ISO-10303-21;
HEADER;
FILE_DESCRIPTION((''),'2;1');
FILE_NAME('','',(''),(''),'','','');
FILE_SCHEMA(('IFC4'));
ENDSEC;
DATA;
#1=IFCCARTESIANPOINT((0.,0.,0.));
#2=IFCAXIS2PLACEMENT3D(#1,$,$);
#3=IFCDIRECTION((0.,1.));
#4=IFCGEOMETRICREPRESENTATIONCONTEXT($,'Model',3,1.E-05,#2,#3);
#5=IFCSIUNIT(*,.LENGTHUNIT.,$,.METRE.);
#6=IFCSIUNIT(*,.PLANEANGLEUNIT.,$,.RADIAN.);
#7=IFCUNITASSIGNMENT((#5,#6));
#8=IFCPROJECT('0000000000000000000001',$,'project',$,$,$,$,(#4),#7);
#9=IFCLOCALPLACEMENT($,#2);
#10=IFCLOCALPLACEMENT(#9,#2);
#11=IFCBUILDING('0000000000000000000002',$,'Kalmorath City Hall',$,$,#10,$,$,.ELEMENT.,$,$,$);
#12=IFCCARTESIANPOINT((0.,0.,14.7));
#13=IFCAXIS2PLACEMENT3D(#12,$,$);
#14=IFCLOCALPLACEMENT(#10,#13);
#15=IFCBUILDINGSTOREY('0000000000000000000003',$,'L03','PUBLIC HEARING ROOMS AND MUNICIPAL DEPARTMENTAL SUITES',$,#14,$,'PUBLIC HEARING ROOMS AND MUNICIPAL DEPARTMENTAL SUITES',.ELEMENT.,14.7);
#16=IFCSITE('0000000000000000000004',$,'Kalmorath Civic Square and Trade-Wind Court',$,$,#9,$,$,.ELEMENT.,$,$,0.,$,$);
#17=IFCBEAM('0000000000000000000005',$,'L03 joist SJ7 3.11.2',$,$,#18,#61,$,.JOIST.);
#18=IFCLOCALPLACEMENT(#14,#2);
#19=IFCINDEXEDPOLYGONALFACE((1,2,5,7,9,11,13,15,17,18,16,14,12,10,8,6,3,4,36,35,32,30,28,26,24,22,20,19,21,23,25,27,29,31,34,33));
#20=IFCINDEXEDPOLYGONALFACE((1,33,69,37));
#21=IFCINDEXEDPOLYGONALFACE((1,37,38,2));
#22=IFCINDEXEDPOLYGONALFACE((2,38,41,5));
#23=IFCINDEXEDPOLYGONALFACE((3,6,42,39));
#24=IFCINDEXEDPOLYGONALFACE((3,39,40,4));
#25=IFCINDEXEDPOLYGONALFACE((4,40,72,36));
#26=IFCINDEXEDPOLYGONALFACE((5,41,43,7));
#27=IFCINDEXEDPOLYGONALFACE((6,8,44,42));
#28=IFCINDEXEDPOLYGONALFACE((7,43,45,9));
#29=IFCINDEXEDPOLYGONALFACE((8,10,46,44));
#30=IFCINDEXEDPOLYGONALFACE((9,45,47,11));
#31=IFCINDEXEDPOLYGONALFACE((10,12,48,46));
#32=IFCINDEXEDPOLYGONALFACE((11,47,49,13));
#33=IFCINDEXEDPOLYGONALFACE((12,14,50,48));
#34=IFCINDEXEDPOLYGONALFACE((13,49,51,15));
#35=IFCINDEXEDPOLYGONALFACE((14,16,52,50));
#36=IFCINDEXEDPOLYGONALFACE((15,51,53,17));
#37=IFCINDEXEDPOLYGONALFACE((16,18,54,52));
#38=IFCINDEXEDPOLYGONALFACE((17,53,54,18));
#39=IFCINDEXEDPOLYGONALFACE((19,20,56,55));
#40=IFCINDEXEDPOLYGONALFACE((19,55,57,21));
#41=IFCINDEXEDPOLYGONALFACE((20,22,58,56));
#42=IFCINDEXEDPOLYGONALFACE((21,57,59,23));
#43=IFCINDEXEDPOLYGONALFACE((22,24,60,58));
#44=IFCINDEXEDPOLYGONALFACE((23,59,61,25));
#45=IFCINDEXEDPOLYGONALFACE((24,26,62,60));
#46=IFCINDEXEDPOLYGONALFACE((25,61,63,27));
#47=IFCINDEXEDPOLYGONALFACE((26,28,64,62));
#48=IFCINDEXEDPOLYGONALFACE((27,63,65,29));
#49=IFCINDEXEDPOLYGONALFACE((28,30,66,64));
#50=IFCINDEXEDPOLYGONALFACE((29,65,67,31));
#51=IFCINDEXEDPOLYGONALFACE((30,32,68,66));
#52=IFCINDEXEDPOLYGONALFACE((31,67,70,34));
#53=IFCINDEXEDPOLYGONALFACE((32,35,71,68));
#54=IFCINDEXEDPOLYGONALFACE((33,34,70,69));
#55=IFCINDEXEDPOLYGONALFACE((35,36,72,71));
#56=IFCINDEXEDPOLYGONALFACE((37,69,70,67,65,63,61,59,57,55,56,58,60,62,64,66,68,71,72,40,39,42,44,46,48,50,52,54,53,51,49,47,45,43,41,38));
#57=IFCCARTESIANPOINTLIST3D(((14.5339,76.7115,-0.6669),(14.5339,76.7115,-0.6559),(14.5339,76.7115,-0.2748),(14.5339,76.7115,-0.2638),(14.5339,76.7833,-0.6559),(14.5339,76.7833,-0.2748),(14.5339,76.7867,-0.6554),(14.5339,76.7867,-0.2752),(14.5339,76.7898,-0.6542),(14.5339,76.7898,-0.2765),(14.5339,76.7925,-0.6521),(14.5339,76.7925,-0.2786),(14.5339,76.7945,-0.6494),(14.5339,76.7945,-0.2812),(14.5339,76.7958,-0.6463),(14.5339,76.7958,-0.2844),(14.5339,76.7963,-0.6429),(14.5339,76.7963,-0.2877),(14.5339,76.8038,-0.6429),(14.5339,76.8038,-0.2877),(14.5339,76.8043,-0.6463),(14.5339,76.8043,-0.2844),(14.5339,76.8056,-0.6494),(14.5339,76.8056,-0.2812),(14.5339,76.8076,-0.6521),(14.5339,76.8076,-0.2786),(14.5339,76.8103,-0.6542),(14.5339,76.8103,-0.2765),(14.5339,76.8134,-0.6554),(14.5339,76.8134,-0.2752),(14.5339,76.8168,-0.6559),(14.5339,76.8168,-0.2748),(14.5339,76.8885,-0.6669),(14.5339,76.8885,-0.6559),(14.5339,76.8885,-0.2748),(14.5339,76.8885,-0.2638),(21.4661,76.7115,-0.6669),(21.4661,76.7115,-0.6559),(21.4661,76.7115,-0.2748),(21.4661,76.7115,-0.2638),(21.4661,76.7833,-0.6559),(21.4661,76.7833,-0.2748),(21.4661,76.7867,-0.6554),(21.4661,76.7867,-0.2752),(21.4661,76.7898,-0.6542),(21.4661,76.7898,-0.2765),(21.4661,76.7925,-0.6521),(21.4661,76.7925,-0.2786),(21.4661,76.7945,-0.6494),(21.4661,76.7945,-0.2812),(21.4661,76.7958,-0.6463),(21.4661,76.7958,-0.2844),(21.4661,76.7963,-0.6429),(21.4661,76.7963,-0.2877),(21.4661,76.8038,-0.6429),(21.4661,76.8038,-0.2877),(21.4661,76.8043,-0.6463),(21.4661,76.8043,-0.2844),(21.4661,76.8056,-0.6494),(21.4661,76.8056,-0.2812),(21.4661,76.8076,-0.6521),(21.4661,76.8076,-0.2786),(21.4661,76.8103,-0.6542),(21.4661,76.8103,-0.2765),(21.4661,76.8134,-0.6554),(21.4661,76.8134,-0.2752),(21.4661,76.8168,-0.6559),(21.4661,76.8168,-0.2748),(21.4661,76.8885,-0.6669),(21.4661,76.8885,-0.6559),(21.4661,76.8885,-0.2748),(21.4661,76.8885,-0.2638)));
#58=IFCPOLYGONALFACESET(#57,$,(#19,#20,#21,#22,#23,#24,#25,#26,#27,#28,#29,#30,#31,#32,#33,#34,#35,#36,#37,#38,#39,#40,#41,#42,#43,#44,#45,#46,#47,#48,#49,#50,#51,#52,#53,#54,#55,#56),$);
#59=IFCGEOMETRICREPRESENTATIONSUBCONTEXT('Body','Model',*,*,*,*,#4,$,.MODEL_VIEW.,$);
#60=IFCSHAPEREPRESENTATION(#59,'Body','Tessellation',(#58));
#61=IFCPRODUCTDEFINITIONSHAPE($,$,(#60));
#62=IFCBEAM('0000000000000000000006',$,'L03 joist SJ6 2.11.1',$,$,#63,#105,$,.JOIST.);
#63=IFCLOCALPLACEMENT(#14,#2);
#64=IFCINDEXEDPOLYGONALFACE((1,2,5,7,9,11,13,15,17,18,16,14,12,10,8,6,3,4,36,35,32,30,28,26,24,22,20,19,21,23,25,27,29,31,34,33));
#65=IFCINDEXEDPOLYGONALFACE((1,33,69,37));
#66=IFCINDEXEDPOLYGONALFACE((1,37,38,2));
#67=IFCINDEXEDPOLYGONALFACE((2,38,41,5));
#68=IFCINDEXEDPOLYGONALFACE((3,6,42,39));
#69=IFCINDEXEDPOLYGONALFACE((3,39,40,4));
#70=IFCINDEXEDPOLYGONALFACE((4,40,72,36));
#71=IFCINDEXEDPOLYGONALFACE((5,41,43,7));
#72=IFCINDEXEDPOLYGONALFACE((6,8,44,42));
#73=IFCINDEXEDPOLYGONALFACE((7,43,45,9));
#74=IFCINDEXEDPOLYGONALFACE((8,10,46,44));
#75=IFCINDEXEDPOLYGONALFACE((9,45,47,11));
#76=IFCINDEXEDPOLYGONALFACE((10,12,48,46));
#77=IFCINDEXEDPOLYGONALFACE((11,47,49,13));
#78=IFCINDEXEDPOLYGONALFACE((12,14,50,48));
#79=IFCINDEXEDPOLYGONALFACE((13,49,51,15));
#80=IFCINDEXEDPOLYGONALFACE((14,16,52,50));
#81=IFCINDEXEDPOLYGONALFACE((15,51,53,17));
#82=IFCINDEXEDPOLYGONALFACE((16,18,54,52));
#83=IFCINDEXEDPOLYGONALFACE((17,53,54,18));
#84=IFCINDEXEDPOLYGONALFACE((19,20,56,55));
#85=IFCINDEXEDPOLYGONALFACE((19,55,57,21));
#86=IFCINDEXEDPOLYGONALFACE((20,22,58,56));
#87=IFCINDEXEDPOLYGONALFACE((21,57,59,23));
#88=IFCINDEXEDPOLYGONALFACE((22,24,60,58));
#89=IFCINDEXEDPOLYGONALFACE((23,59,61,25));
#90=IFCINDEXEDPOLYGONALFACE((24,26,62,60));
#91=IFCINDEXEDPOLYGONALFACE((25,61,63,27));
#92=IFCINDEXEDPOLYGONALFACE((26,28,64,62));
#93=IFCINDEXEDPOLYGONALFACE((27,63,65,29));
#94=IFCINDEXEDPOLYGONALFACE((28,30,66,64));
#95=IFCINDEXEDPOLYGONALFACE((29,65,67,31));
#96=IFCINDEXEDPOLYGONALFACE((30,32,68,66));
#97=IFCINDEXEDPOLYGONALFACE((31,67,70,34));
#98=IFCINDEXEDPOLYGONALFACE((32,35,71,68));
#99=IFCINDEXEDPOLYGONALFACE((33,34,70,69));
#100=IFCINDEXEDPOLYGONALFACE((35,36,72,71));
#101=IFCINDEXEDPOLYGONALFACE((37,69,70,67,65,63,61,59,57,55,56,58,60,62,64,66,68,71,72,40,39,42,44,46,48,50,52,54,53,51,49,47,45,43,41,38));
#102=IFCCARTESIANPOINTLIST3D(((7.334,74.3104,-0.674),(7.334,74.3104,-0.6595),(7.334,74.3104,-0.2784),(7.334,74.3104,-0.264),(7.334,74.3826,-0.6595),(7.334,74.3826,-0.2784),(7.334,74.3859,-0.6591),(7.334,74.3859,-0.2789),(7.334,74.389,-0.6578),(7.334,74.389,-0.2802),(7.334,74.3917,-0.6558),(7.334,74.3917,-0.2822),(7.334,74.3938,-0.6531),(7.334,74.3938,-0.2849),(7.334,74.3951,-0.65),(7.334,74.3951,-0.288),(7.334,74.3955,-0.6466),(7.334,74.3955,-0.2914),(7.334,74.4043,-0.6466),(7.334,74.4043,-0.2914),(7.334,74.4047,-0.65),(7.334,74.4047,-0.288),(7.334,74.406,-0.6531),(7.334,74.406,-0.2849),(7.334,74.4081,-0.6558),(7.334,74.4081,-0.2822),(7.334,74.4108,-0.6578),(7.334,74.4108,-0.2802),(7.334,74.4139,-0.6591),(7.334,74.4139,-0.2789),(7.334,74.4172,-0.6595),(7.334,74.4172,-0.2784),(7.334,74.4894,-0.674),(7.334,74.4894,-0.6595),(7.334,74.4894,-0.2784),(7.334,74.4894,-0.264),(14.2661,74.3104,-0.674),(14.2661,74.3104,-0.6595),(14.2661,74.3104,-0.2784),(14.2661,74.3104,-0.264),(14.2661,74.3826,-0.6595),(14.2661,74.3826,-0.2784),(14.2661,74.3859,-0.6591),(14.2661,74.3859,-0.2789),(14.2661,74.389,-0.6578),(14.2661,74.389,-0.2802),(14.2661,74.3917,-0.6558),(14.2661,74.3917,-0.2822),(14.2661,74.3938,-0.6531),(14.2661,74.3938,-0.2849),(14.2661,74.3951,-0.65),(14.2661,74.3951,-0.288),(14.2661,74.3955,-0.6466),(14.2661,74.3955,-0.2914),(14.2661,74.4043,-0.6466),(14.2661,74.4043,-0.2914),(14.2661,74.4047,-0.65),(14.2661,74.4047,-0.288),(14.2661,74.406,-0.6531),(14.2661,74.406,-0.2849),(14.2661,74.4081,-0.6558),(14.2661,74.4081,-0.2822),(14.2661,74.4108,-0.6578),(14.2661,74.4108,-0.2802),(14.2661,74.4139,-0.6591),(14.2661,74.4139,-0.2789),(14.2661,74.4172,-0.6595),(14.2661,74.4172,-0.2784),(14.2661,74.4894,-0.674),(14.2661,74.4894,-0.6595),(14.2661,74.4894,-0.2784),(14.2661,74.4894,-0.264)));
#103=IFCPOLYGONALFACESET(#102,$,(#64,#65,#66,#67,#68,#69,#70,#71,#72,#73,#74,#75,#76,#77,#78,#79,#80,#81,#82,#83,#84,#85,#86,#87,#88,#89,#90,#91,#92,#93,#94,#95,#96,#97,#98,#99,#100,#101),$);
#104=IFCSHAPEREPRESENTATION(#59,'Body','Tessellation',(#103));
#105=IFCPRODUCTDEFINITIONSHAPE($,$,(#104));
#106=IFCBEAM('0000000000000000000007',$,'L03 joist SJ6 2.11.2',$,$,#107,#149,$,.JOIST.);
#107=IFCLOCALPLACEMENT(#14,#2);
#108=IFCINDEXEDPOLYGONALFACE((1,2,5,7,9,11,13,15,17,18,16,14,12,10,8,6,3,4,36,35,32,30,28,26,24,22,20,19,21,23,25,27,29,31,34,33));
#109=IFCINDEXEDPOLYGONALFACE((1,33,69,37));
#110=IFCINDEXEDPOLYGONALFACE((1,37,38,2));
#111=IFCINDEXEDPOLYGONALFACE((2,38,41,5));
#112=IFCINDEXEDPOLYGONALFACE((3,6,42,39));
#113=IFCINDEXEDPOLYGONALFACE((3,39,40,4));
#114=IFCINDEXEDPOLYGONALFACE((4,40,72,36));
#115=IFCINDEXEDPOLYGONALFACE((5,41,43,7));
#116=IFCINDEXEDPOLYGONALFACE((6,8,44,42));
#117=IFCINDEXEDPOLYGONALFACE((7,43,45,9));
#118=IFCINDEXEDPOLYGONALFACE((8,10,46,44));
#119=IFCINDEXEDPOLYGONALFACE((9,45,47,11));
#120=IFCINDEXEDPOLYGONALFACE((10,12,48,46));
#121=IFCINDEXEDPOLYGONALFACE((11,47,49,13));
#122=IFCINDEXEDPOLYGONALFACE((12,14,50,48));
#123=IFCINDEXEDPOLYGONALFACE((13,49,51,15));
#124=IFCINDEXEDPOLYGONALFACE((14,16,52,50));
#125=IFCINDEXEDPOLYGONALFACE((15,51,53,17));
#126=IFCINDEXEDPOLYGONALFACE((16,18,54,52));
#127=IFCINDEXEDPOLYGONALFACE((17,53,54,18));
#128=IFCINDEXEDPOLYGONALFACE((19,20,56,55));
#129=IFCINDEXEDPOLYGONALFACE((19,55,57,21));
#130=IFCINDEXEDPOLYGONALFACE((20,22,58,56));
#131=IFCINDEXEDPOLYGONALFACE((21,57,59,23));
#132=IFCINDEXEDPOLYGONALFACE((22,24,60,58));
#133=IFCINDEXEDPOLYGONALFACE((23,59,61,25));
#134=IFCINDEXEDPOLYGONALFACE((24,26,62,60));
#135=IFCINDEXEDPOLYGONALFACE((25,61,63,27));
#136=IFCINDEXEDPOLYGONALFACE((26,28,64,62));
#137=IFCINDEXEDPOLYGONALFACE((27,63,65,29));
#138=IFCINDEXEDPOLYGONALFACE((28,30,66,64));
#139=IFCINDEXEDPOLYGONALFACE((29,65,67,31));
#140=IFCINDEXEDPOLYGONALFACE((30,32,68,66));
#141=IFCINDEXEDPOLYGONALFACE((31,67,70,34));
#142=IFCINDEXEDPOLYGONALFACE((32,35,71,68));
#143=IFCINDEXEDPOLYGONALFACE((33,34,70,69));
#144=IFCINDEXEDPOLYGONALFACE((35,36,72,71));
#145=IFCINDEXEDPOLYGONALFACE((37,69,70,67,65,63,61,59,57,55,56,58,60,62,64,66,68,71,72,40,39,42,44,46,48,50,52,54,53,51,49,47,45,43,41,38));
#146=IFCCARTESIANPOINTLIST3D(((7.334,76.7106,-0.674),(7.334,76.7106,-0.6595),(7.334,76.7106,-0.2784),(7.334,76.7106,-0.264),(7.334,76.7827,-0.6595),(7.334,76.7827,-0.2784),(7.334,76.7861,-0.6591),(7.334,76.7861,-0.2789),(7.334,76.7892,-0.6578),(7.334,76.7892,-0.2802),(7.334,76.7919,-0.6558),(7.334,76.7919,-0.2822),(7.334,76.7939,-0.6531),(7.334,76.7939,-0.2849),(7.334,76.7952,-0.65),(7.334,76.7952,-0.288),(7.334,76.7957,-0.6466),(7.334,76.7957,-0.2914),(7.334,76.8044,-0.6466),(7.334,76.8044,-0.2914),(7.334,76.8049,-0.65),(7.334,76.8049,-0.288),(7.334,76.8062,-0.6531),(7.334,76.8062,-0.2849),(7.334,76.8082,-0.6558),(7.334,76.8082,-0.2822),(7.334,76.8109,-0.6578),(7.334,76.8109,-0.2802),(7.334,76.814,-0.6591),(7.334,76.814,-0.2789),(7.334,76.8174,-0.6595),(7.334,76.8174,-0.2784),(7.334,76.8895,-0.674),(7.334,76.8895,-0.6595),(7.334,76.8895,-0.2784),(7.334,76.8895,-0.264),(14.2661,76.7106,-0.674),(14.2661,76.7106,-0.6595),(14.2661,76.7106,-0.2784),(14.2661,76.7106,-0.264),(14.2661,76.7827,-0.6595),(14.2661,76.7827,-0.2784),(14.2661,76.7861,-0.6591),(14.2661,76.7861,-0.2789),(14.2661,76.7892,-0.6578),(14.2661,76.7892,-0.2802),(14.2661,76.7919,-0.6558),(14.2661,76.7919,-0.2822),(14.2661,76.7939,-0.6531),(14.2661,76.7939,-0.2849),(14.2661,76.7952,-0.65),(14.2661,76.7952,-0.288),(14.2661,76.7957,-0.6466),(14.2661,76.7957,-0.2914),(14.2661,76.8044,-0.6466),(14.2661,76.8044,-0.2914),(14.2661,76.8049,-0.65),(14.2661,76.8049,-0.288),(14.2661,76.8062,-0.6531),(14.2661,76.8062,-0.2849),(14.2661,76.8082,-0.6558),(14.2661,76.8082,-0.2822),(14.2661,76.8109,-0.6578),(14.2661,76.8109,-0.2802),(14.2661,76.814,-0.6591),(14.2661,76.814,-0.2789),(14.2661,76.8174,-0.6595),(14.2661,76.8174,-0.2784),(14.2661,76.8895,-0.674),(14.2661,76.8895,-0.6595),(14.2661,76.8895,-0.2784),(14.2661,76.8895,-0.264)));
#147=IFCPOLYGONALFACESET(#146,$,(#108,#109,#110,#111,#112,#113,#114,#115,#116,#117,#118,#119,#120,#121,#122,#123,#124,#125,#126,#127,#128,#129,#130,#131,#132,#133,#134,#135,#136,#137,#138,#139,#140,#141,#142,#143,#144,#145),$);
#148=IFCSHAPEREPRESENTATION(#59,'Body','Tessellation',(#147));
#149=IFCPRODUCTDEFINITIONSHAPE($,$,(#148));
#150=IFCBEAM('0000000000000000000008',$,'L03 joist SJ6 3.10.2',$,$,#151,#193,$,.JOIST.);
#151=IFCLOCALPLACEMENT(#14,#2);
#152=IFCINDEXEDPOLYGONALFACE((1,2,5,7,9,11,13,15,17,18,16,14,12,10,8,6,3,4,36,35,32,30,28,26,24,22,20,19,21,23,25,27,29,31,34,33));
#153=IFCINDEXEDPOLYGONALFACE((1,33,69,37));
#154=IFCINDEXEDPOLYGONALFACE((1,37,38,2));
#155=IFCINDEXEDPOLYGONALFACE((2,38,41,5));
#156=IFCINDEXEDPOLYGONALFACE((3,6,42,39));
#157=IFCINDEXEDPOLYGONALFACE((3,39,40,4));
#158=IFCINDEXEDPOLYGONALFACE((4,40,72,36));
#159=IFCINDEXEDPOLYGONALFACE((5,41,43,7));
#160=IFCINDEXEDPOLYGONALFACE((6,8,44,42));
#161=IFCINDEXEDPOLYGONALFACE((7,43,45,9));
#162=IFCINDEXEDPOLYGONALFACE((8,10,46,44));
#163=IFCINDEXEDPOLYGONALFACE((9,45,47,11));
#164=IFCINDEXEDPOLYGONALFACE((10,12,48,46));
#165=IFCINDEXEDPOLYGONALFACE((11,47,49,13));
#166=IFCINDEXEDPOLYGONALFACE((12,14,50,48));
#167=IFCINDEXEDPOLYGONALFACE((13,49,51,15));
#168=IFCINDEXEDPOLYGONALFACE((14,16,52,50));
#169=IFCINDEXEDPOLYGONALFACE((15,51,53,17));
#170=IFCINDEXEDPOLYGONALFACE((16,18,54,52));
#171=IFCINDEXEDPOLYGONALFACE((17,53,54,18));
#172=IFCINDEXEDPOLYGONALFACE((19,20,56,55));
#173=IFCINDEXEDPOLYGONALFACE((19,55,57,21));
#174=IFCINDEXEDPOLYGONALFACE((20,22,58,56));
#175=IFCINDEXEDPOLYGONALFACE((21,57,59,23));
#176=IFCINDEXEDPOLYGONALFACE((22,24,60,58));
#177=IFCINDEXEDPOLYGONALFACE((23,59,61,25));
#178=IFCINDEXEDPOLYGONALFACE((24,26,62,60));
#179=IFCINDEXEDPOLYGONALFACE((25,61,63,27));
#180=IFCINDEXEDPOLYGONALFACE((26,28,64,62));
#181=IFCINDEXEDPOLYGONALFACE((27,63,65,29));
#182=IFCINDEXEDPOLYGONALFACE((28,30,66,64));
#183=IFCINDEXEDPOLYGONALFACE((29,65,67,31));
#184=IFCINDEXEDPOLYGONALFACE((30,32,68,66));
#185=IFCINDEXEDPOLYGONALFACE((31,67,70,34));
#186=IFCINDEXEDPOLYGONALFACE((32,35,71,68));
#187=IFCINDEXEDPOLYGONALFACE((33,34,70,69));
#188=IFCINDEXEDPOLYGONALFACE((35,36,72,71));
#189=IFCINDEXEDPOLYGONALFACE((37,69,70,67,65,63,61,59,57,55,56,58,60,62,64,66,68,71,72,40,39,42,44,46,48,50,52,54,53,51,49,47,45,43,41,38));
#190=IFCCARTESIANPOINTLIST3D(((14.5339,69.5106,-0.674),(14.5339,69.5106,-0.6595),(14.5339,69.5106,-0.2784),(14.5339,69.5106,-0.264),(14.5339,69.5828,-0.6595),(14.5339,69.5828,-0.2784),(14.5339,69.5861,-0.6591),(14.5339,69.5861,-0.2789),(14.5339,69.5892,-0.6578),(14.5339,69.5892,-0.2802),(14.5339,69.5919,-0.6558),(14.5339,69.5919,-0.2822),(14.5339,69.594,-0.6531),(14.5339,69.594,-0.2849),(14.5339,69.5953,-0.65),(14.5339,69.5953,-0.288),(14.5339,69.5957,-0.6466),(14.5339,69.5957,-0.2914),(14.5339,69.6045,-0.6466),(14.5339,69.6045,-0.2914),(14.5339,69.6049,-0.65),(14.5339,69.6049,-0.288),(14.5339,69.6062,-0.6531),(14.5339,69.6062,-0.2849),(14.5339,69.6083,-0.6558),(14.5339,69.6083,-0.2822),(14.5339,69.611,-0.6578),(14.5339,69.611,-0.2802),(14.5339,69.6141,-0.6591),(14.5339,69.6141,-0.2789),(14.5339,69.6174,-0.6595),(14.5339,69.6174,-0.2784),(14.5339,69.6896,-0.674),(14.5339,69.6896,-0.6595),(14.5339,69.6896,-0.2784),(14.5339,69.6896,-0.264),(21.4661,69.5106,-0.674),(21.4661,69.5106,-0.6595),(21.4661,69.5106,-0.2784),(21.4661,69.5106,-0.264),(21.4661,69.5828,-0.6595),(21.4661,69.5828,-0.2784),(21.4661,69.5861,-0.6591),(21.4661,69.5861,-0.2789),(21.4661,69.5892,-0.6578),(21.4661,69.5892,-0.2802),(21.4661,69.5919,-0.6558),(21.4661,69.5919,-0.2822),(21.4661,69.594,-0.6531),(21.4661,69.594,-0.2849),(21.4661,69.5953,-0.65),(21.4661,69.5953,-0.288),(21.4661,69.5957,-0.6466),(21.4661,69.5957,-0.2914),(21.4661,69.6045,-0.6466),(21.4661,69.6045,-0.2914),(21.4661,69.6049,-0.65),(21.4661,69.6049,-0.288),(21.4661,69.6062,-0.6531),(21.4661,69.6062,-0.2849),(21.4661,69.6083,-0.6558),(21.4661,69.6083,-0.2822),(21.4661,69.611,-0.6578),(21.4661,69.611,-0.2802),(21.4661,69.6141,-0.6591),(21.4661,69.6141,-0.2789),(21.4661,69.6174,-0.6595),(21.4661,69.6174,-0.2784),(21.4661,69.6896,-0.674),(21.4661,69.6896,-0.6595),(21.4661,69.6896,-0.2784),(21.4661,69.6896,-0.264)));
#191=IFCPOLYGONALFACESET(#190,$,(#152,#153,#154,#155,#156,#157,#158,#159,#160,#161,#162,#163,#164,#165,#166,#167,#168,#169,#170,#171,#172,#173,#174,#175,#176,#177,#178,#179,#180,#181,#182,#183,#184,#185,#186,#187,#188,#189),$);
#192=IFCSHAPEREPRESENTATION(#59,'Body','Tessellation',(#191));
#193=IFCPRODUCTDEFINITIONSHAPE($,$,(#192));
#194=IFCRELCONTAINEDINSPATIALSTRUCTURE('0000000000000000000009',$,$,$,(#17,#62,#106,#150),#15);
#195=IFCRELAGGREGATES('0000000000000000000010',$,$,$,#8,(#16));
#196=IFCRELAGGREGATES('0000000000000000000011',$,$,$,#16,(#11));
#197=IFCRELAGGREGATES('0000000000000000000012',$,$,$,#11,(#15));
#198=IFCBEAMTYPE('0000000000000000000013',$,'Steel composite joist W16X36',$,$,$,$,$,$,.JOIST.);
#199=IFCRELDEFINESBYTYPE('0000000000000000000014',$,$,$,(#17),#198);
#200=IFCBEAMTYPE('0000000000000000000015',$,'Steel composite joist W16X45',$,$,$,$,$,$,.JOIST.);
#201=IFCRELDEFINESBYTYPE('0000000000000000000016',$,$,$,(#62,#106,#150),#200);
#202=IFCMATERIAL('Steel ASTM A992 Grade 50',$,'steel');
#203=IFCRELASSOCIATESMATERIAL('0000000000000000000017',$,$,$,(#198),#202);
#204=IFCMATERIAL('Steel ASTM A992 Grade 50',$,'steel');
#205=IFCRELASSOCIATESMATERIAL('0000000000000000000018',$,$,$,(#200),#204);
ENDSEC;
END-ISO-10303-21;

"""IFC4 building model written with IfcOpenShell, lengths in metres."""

from ifc_helpers import new_model, si_unit, direction, frame, origin, origin_2d, place, context, subcontext, project, spatial, i_section, extrude, material, material_profile, profile_set, type_object, element, save


model = new_model("IFC4")

# Units and contexts
model_context = context("Model", 3, precision=1e-05, world=origin(), true_north=direction((0.0, 1.0)))
body_context = subcontext(model_context, "Body", "Model", "MODEL_VIEW")
ifc_project = project(units=[si_unit("LENGTHUNIT", "METRE"), si_unit("PLANEANGLEUNIT", "RADIAN")], contexts=[model_context])

# Site, building, storey
site_placement = place(None, origin())
site = spatial("IfcSite", under=ifc_project, at=site_placement, Name="Kalmorath Civic Square and Trade-Wind Court", CompositionType="ELEMENT", RefElevation=0.0)
building_placement = place(site_placement, origin())
building = spatial("IfcBuilding", under=site, at=building_placement, Name="Kalmorath City Hall", CompositionType="ELEMENT")
storey_placement = place(building_placement, frame((0.0, 0.0, 14.7)))
storey = spatial("IfcBuildingStorey", under=building, at=storey_placement, Name="L03", Description="PUBLIC HEARING ROOMS AND MUNICIPAL DEPARTMENTAL SUITES", LongName="PUBLIC HEARING ROOMS AND MUNICIPAL DEPARTMENTAL SUITES", CompositionType="ELEMENT", Elevation=14.7)

# Beams
ifc_material_1 = material(Name="Steel ASTM A992 Grade 50", Category="steel")
ifc_material_profile_1 = material_profile(ifc_material_1, i_section(OverallWidth=0.177, OverallDepth=0.4031, WebThickness=0.0076, FlangeThickness=0.011, FilletRadius=0.0129, at=origin_2d()), Name="W16X36")
ifc_profile_set_1 = profile_set([ifc_material_profile_1], Name="Steel ASTM A992 Grade 50")
beam_type_1 = type_object("IfcBeamType", Name="Steel composite joist W16X36", PredefinedType="JOIST", material=ifc_profile_set_1)
for number, where, z_axis, x_axis, name in (
    (1, (14.5339, 76.8, -0.4653), (1.0, 0.0, 0.0), (0.0, 1.0, 0.0), "L03 joist SJ7 3.11.2"),
):
    element("IfcBeam", number, at=place(storey_placement, frame(where, z_axis=z_axis, x_axis=x_axis)), inside=storey, type_object=beam_type_1, Name=name, PredefinedType="JOIST", context=body_context, shape_type="SweptSolid", body=[
        extrude(i_section(OverallWidth=0.177, OverallDepth=0.4031, WebThickness=0.0076, FlangeThickness=0.011, FilletRadius=0.0129, at=origin_2d()), origin(), (0.0, 0.0, 1.0), 6.9321),
    ])
ifc_material_2 = material(Name="Steel ASTM A992 Grade 50", Category="steel")
ifc_material_profile_2 = material_profile(ifc_material_2, i_section(OverallWidth=0.179, OverallDepth=0.4099, WebThickness=0.0088, FlangeThickness=0.0144, FilletRadius=0.0129, at=origin_2d()), Name="W16X45")
ifc_profile_set_2 = profile_set([ifc_material_profile_2], Name="Steel ASTM A992 Grade 50")
beam_type_2 = type_object("IfcBeamType", Name="Steel composite joist W16X45", PredefinedType="JOIST", material=ifc_profile_set_2)
for number, where, z_axis, x_axis, name in (
    (2, (7.334, 74.3999, -0.469), (1.0, 0.0, 0.0), (0.0, 1.0, 0.0), "L03 joist SJ6 2.11.1"),
    (3, (7.334, 76.8, -0.469), (1.0, 0.0, 0.0), (0.0, 1.0, 0.0), "L03 joist SJ6 2.11.2"),
    (4, (14.5339, 69.6001, -0.469), (1.0, 0.0, 0.0), (0.0, 1.0, 0.0), "L03 joist SJ6 3.10.2"),
):
    element("IfcBeam", number, at=place(storey_placement, frame(where, z_axis=z_axis, x_axis=x_axis)), inside=storey, type_object=beam_type_2, Name=name, PredefinedType="JOIST", context=body_context, shape_type="SweptSolid", body=[
        extrude(i_section(OverallWidth=0.179, OverallDepth=0.4099, WebThickness=0.0088, FlangeThickness=0.0144, FilletRadius=0.0129, at=origin_2d()), origin(), (0.0, 0.0, 1.0), 6.9321),
    ])

save(model, "model.ifc")
